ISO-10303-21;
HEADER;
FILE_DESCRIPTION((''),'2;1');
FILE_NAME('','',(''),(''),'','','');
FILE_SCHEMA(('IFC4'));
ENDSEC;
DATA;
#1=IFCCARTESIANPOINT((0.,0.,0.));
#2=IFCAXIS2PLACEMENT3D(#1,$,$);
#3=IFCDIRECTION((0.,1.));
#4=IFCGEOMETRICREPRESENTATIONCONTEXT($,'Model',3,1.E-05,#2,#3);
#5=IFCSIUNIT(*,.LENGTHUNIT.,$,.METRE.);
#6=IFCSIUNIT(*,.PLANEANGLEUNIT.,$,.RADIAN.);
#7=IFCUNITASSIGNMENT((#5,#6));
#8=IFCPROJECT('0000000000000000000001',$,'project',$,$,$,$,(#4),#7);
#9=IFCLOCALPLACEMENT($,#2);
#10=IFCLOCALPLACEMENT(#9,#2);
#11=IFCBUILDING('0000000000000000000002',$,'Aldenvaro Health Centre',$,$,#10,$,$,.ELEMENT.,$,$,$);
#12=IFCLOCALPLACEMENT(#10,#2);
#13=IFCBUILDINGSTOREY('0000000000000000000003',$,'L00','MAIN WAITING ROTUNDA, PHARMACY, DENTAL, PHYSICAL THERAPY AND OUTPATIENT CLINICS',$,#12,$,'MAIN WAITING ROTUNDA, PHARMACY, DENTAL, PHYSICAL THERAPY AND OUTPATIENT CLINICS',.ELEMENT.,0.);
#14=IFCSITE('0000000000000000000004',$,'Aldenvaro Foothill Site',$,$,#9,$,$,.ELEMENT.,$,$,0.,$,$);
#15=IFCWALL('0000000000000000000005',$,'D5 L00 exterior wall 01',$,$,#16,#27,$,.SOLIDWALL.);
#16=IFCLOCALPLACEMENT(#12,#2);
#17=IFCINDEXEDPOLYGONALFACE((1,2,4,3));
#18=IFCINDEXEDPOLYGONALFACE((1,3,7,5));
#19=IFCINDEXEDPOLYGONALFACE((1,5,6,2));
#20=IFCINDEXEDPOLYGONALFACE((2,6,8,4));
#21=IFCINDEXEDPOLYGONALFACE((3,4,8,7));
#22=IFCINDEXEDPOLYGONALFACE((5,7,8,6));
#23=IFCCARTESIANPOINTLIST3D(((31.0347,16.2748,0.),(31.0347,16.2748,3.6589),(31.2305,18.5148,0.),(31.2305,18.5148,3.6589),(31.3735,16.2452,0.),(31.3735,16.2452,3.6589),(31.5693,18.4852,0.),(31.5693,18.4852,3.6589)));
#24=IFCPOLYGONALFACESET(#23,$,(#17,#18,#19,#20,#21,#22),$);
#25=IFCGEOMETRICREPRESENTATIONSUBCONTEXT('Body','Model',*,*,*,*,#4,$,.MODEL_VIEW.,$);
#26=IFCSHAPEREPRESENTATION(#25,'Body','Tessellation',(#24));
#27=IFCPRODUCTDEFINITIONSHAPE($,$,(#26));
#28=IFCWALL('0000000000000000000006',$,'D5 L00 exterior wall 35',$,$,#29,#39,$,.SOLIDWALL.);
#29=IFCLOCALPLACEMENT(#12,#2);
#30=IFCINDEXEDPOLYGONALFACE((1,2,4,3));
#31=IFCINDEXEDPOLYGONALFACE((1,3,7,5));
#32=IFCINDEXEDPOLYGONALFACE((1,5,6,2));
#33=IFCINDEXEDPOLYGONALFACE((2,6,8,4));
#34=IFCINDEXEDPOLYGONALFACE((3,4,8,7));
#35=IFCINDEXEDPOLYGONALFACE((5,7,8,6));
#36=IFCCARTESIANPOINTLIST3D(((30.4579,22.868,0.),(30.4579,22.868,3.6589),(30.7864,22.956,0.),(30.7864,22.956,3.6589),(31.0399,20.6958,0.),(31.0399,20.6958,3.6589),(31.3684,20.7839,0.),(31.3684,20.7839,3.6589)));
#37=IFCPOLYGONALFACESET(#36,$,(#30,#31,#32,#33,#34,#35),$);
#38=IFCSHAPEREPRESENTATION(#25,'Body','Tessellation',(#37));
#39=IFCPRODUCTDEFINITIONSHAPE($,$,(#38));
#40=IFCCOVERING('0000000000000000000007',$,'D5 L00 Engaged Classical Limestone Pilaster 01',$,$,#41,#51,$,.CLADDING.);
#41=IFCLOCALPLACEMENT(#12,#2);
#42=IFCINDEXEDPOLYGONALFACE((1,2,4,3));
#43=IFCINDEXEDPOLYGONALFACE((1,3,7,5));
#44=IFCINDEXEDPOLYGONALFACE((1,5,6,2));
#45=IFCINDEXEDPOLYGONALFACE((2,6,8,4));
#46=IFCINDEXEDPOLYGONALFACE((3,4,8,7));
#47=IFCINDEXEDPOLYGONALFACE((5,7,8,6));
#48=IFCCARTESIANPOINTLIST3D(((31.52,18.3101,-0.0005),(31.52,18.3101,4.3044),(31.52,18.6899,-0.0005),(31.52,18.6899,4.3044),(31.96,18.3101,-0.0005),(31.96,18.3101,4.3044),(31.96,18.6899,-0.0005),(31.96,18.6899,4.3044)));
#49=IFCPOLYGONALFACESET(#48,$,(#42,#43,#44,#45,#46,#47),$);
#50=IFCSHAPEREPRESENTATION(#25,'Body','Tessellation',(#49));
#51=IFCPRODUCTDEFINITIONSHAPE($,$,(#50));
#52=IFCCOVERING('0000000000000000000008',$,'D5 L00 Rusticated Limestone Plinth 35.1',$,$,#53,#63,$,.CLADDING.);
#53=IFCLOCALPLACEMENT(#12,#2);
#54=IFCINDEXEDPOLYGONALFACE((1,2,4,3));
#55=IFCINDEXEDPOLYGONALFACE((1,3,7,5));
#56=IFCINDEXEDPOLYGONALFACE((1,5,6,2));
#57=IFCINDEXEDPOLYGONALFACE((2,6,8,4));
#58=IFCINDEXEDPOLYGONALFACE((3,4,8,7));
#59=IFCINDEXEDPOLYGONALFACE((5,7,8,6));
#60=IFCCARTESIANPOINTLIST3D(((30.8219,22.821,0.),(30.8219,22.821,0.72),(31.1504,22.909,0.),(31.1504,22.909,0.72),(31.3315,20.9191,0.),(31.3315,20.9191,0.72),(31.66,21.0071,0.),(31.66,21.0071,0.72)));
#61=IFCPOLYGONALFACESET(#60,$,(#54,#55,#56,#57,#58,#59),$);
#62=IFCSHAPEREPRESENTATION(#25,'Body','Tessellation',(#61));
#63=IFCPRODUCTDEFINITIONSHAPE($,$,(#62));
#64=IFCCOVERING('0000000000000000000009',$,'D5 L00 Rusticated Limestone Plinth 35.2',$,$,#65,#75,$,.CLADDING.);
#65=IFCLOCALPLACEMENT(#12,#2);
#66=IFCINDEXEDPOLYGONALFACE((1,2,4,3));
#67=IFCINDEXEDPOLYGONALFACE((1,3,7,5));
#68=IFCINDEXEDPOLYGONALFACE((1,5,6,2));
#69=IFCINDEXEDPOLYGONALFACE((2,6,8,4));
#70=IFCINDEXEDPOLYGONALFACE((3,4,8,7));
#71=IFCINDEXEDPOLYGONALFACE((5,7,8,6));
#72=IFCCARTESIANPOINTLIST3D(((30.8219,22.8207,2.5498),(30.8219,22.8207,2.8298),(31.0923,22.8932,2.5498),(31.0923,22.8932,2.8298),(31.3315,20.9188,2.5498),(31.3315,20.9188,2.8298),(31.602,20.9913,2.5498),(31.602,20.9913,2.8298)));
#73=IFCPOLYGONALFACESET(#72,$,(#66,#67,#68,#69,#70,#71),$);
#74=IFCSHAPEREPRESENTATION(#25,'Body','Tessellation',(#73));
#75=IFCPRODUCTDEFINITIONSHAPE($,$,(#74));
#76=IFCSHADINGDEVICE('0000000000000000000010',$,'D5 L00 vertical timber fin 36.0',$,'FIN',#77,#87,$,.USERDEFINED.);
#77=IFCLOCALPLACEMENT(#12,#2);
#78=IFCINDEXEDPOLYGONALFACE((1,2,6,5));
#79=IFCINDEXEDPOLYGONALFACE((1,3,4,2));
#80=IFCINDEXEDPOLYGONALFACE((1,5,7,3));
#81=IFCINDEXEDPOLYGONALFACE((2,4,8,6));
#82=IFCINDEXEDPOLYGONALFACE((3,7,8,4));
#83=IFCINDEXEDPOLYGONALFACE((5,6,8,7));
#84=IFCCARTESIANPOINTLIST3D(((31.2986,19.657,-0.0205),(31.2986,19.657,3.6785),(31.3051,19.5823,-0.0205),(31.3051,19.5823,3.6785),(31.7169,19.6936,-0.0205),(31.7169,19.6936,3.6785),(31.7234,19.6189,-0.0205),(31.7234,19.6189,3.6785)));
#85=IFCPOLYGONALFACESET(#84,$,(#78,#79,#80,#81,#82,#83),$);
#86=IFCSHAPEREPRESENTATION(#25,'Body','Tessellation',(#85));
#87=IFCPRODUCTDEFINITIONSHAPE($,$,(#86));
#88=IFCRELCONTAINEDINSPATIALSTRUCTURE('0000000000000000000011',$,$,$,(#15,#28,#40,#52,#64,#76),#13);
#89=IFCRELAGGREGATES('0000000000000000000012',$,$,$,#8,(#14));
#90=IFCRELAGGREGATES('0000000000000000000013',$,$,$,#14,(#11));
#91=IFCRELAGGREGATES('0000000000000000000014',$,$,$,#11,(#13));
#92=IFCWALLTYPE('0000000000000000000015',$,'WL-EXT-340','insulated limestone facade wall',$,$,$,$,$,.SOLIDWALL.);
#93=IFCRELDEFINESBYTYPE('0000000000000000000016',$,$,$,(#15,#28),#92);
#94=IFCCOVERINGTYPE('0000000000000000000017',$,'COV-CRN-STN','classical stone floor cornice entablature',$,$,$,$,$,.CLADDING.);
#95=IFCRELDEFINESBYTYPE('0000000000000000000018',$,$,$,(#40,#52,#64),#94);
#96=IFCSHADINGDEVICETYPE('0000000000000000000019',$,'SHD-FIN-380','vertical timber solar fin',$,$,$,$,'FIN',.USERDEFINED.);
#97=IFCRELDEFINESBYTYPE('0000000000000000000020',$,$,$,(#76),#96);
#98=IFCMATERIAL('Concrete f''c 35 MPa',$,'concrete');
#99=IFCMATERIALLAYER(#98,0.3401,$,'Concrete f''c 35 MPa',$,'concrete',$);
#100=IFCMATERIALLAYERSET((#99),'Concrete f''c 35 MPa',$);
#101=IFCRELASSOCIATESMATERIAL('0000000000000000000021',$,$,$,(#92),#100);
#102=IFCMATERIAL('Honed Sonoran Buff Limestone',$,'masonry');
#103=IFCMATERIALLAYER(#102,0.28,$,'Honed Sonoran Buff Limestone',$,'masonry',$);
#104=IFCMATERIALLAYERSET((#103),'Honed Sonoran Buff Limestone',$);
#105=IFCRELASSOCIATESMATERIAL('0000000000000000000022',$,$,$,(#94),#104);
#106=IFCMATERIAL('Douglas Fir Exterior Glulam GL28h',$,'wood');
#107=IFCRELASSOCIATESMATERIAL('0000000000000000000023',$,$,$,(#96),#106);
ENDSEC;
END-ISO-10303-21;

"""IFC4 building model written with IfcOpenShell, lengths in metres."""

from ifc_helpers import new_model, si_unit, direction, frame, frame_2d, origin, origin_2d, place, context, subcontext, project, spatial, rectangle, extrude, material, layer, layer_set, type_object, element, save


model = new_model("IFC4")

# Units and contexts
model_context = context("Model", 3, precision=1e-05, world=origin(), true_north=direction((0.0, 1.0)))
body_context = subcontext(model_context, "Body", "Model", "MODEL_VIEW")
ifc_project = project(units=[si_unit("LENGTHUNIT", "METRE"), si_unit("PLANEANGLEUNIT", "RADIAN")], contexts=[model_context])

# Site, building, storey
site_placement = place(None, origin())
site = spatial("IfcSite", under=ifc_project, at=site_placement, Name="Aldenvaro Foothill Site", CompositionType="ELEMENT", RefElevation=0.0)
building_placement = place(site_placement, origin())
building = spatial("IfcBuilding", under=site, at=building_placement, Name="Aldenvaro Health Centre", CompositionType="ELEMENT")
storey_placement = place(building_placement, origin())
storey = spatial("IfcBuildingStorey", under=building, at=storey_placement, Name="L00", Description="MAIN WAITING ROTUNDA, PHARMACY, DENTAL, PHYSICAL THERAPY AND OUTPATIENT CLINICS", LongName="MAIN WAITING ROTUNDA, PHARMACY, DENTAL, PHYSICAL THERAPY AND OUTPATIENT CLINICS", CompositionType="ELEMENT", Elevation=0.0)

# Walls
ifc_material_1 = material(Name="Concrete f'c 35 MPa", Category="concrete")
ifc_layer_1 = layer(ifc_material_1, 0.3401, Name="Concrete f'c 35 MPa", Category="concrete")
ifc_layer_set_1 = layer_set([ifc_layer_1], Name="Concrete f'c 35 MPa")
wall_type = type_object("IfcWallType", Name="WL-EXT-340", Description="insulated limestone facade wall", PredefinedType="SOLIDWALL", material=ifc_layer_set_1)
wall_1_placement = place(storey_placement, frame((31.3999, 18.5, 0.0), z_axis=(0.0, 0.0, 1.0), x_axis=(-0.087079, -0.996201, 0.0)))
element("IfcWall", 1, at=wall_1_placement, inside=storey, type_object=wall_type, Name="D5 L00 exterior wall 01", PredefinedType="SOLIDWALL", context=body_context, shape_type="SweptSolid", body=[
    extrude(rectangle(XDim=2.2485, YDim=0.3401, at=frame_2d((1.1243, 0.0))), origin(), (0.0, 0.0, 1.0), 3.6589),
])
wall_2_placement = place(storey_placement, frame((30.6221, 22.9121, 0.0), z_axis=(0.0, 0.0, 1.0), x_axis=(0.258825, -0.965924, 0.0)))
element("IfcWall", 2, at=wall_2_placement, inside=storey, type_object=wall_type, Name="D5 L00 exterior wall 35", PredefinedType="SOLIDWALL", context=body_context, shape_type="SweptSolid", body=[
    extrude(rectangle(XDim=2.2488, YDim=0.3401, at=frame_2d((1.1245, 0.0))), origin(), (0.0, 0.0, 1.0), 3.6589),
])

# Coverings
ifc_material_2 = material(Name="Honed Sonoran Buff Limestone", Category="masonry")
ifc_layer_2 = layer(ifc_material_2, 0.28, Name="Honed Sonoran Buff Limestone", Category="masonry")
ifc_layer_set_2 = layer_set([ifc_layer_2], Name="Honed Sonoran Buff Limestone")
covering_type = type_object("IfcCoveringType", Name="COV-CRN-STN", Description="classical stone floor cornice entablature", PredefinedType="CLADDING", material=ifc_layer_set_2)
covering_1_placement = place(storey_placement, frame((31.74, 18.5, -0.0005), z_axis=(0.0, 0.0, 1.0), x_axis=(1.0, 0.0, 0.0)))
element("IfcCovering", 3, at=covering_1_placement, inside=storey, type_object=covering_type, Name="D5 L00 Engaged Classical Limestone Pilaster 01", PredefinedType="CLADDING", context=body_context, shape_type="SweptSolid", body=[
    extrude(rectangle(XDim=0.4399, YDim=0.3799, at=origin_2d()), origin(), (0.0, 0.0, 1.0), 4.3049),
])
covering_2_placement = place(storey_placement, frame((31.241, 21.9141, 0.0), z_axis=(0.0, 0.0, 1.0), x_axis=(0.258825, -0.965924, 0.0)))
element("IfcCovering", 4, at=covering_2_placement, inside=storey, type_object=covering_type, Name="D5 L00 Rusticated Limestone Plinth 35.1", PredefinedType="CLADDING", context=body_context, shape_type="SweptSolid", body=[
    extrude(rectangle(XDim=1.969, YDim=0.3401, at=origin_2d()), origin(), (0.0, 0.0, 1.0), 0.72),
])
covering_3_placement = place(storey_placement, frame((31.2119, 21.906, 2.5498), z_axis=(0.0, 0.0, 1.0), x_axis=(0.258825, -0.965924, 0.0)))
element("IfcCovering", 5, at=covering_3_placement, inside=storey, type_object=covering_type, Name="D5 L00 Rusticated Limestone Plinth 35.2", PredefinedType="CLADDING", context=body_context, shape_type="SweptSolid", body=[
    extrude(rectangle(XDim=1.969, YDim=0.28, at=origin_2d()), origin(), (0.0, 0.0, 1.0), 0.28),
])

# Shading device
ifc_material_3 = material(Name="Douglas Fir Exterior Glulam GL28h", Category="wood")
shading_device_type = type_object("IfcShadingDeviceType", Name="SHD-FIN-380", Description="vertical timber solar fin", ElementType="FIN", PredefinedType="USERDEFINED", material=ifc_material_3)
shading_device_placement = place(storey_placement, frame((31.511, 19.6379, -0.0205), z_axis=(0.0, 0.0, 1.0), x_axis=(0.087167, -0.996194, 0.0)))
element("IfcShadingDevice", 6, at=shading_device_placement, inside=storey, type_object=shading_device_type, Name="D5 L00 vertical timber fin 36.0", ObjectType="FIN", PredefinedType="USERDEFINED", context=body_context, shape_type="SweptSolid", body=[
    extrude(rectangle(XDim=0.075, YDim=0.4199, at=origin_2d()), origin(), (0.0, 0.0, 1.0), 3.699),
])

save(model, "model.ifc")
